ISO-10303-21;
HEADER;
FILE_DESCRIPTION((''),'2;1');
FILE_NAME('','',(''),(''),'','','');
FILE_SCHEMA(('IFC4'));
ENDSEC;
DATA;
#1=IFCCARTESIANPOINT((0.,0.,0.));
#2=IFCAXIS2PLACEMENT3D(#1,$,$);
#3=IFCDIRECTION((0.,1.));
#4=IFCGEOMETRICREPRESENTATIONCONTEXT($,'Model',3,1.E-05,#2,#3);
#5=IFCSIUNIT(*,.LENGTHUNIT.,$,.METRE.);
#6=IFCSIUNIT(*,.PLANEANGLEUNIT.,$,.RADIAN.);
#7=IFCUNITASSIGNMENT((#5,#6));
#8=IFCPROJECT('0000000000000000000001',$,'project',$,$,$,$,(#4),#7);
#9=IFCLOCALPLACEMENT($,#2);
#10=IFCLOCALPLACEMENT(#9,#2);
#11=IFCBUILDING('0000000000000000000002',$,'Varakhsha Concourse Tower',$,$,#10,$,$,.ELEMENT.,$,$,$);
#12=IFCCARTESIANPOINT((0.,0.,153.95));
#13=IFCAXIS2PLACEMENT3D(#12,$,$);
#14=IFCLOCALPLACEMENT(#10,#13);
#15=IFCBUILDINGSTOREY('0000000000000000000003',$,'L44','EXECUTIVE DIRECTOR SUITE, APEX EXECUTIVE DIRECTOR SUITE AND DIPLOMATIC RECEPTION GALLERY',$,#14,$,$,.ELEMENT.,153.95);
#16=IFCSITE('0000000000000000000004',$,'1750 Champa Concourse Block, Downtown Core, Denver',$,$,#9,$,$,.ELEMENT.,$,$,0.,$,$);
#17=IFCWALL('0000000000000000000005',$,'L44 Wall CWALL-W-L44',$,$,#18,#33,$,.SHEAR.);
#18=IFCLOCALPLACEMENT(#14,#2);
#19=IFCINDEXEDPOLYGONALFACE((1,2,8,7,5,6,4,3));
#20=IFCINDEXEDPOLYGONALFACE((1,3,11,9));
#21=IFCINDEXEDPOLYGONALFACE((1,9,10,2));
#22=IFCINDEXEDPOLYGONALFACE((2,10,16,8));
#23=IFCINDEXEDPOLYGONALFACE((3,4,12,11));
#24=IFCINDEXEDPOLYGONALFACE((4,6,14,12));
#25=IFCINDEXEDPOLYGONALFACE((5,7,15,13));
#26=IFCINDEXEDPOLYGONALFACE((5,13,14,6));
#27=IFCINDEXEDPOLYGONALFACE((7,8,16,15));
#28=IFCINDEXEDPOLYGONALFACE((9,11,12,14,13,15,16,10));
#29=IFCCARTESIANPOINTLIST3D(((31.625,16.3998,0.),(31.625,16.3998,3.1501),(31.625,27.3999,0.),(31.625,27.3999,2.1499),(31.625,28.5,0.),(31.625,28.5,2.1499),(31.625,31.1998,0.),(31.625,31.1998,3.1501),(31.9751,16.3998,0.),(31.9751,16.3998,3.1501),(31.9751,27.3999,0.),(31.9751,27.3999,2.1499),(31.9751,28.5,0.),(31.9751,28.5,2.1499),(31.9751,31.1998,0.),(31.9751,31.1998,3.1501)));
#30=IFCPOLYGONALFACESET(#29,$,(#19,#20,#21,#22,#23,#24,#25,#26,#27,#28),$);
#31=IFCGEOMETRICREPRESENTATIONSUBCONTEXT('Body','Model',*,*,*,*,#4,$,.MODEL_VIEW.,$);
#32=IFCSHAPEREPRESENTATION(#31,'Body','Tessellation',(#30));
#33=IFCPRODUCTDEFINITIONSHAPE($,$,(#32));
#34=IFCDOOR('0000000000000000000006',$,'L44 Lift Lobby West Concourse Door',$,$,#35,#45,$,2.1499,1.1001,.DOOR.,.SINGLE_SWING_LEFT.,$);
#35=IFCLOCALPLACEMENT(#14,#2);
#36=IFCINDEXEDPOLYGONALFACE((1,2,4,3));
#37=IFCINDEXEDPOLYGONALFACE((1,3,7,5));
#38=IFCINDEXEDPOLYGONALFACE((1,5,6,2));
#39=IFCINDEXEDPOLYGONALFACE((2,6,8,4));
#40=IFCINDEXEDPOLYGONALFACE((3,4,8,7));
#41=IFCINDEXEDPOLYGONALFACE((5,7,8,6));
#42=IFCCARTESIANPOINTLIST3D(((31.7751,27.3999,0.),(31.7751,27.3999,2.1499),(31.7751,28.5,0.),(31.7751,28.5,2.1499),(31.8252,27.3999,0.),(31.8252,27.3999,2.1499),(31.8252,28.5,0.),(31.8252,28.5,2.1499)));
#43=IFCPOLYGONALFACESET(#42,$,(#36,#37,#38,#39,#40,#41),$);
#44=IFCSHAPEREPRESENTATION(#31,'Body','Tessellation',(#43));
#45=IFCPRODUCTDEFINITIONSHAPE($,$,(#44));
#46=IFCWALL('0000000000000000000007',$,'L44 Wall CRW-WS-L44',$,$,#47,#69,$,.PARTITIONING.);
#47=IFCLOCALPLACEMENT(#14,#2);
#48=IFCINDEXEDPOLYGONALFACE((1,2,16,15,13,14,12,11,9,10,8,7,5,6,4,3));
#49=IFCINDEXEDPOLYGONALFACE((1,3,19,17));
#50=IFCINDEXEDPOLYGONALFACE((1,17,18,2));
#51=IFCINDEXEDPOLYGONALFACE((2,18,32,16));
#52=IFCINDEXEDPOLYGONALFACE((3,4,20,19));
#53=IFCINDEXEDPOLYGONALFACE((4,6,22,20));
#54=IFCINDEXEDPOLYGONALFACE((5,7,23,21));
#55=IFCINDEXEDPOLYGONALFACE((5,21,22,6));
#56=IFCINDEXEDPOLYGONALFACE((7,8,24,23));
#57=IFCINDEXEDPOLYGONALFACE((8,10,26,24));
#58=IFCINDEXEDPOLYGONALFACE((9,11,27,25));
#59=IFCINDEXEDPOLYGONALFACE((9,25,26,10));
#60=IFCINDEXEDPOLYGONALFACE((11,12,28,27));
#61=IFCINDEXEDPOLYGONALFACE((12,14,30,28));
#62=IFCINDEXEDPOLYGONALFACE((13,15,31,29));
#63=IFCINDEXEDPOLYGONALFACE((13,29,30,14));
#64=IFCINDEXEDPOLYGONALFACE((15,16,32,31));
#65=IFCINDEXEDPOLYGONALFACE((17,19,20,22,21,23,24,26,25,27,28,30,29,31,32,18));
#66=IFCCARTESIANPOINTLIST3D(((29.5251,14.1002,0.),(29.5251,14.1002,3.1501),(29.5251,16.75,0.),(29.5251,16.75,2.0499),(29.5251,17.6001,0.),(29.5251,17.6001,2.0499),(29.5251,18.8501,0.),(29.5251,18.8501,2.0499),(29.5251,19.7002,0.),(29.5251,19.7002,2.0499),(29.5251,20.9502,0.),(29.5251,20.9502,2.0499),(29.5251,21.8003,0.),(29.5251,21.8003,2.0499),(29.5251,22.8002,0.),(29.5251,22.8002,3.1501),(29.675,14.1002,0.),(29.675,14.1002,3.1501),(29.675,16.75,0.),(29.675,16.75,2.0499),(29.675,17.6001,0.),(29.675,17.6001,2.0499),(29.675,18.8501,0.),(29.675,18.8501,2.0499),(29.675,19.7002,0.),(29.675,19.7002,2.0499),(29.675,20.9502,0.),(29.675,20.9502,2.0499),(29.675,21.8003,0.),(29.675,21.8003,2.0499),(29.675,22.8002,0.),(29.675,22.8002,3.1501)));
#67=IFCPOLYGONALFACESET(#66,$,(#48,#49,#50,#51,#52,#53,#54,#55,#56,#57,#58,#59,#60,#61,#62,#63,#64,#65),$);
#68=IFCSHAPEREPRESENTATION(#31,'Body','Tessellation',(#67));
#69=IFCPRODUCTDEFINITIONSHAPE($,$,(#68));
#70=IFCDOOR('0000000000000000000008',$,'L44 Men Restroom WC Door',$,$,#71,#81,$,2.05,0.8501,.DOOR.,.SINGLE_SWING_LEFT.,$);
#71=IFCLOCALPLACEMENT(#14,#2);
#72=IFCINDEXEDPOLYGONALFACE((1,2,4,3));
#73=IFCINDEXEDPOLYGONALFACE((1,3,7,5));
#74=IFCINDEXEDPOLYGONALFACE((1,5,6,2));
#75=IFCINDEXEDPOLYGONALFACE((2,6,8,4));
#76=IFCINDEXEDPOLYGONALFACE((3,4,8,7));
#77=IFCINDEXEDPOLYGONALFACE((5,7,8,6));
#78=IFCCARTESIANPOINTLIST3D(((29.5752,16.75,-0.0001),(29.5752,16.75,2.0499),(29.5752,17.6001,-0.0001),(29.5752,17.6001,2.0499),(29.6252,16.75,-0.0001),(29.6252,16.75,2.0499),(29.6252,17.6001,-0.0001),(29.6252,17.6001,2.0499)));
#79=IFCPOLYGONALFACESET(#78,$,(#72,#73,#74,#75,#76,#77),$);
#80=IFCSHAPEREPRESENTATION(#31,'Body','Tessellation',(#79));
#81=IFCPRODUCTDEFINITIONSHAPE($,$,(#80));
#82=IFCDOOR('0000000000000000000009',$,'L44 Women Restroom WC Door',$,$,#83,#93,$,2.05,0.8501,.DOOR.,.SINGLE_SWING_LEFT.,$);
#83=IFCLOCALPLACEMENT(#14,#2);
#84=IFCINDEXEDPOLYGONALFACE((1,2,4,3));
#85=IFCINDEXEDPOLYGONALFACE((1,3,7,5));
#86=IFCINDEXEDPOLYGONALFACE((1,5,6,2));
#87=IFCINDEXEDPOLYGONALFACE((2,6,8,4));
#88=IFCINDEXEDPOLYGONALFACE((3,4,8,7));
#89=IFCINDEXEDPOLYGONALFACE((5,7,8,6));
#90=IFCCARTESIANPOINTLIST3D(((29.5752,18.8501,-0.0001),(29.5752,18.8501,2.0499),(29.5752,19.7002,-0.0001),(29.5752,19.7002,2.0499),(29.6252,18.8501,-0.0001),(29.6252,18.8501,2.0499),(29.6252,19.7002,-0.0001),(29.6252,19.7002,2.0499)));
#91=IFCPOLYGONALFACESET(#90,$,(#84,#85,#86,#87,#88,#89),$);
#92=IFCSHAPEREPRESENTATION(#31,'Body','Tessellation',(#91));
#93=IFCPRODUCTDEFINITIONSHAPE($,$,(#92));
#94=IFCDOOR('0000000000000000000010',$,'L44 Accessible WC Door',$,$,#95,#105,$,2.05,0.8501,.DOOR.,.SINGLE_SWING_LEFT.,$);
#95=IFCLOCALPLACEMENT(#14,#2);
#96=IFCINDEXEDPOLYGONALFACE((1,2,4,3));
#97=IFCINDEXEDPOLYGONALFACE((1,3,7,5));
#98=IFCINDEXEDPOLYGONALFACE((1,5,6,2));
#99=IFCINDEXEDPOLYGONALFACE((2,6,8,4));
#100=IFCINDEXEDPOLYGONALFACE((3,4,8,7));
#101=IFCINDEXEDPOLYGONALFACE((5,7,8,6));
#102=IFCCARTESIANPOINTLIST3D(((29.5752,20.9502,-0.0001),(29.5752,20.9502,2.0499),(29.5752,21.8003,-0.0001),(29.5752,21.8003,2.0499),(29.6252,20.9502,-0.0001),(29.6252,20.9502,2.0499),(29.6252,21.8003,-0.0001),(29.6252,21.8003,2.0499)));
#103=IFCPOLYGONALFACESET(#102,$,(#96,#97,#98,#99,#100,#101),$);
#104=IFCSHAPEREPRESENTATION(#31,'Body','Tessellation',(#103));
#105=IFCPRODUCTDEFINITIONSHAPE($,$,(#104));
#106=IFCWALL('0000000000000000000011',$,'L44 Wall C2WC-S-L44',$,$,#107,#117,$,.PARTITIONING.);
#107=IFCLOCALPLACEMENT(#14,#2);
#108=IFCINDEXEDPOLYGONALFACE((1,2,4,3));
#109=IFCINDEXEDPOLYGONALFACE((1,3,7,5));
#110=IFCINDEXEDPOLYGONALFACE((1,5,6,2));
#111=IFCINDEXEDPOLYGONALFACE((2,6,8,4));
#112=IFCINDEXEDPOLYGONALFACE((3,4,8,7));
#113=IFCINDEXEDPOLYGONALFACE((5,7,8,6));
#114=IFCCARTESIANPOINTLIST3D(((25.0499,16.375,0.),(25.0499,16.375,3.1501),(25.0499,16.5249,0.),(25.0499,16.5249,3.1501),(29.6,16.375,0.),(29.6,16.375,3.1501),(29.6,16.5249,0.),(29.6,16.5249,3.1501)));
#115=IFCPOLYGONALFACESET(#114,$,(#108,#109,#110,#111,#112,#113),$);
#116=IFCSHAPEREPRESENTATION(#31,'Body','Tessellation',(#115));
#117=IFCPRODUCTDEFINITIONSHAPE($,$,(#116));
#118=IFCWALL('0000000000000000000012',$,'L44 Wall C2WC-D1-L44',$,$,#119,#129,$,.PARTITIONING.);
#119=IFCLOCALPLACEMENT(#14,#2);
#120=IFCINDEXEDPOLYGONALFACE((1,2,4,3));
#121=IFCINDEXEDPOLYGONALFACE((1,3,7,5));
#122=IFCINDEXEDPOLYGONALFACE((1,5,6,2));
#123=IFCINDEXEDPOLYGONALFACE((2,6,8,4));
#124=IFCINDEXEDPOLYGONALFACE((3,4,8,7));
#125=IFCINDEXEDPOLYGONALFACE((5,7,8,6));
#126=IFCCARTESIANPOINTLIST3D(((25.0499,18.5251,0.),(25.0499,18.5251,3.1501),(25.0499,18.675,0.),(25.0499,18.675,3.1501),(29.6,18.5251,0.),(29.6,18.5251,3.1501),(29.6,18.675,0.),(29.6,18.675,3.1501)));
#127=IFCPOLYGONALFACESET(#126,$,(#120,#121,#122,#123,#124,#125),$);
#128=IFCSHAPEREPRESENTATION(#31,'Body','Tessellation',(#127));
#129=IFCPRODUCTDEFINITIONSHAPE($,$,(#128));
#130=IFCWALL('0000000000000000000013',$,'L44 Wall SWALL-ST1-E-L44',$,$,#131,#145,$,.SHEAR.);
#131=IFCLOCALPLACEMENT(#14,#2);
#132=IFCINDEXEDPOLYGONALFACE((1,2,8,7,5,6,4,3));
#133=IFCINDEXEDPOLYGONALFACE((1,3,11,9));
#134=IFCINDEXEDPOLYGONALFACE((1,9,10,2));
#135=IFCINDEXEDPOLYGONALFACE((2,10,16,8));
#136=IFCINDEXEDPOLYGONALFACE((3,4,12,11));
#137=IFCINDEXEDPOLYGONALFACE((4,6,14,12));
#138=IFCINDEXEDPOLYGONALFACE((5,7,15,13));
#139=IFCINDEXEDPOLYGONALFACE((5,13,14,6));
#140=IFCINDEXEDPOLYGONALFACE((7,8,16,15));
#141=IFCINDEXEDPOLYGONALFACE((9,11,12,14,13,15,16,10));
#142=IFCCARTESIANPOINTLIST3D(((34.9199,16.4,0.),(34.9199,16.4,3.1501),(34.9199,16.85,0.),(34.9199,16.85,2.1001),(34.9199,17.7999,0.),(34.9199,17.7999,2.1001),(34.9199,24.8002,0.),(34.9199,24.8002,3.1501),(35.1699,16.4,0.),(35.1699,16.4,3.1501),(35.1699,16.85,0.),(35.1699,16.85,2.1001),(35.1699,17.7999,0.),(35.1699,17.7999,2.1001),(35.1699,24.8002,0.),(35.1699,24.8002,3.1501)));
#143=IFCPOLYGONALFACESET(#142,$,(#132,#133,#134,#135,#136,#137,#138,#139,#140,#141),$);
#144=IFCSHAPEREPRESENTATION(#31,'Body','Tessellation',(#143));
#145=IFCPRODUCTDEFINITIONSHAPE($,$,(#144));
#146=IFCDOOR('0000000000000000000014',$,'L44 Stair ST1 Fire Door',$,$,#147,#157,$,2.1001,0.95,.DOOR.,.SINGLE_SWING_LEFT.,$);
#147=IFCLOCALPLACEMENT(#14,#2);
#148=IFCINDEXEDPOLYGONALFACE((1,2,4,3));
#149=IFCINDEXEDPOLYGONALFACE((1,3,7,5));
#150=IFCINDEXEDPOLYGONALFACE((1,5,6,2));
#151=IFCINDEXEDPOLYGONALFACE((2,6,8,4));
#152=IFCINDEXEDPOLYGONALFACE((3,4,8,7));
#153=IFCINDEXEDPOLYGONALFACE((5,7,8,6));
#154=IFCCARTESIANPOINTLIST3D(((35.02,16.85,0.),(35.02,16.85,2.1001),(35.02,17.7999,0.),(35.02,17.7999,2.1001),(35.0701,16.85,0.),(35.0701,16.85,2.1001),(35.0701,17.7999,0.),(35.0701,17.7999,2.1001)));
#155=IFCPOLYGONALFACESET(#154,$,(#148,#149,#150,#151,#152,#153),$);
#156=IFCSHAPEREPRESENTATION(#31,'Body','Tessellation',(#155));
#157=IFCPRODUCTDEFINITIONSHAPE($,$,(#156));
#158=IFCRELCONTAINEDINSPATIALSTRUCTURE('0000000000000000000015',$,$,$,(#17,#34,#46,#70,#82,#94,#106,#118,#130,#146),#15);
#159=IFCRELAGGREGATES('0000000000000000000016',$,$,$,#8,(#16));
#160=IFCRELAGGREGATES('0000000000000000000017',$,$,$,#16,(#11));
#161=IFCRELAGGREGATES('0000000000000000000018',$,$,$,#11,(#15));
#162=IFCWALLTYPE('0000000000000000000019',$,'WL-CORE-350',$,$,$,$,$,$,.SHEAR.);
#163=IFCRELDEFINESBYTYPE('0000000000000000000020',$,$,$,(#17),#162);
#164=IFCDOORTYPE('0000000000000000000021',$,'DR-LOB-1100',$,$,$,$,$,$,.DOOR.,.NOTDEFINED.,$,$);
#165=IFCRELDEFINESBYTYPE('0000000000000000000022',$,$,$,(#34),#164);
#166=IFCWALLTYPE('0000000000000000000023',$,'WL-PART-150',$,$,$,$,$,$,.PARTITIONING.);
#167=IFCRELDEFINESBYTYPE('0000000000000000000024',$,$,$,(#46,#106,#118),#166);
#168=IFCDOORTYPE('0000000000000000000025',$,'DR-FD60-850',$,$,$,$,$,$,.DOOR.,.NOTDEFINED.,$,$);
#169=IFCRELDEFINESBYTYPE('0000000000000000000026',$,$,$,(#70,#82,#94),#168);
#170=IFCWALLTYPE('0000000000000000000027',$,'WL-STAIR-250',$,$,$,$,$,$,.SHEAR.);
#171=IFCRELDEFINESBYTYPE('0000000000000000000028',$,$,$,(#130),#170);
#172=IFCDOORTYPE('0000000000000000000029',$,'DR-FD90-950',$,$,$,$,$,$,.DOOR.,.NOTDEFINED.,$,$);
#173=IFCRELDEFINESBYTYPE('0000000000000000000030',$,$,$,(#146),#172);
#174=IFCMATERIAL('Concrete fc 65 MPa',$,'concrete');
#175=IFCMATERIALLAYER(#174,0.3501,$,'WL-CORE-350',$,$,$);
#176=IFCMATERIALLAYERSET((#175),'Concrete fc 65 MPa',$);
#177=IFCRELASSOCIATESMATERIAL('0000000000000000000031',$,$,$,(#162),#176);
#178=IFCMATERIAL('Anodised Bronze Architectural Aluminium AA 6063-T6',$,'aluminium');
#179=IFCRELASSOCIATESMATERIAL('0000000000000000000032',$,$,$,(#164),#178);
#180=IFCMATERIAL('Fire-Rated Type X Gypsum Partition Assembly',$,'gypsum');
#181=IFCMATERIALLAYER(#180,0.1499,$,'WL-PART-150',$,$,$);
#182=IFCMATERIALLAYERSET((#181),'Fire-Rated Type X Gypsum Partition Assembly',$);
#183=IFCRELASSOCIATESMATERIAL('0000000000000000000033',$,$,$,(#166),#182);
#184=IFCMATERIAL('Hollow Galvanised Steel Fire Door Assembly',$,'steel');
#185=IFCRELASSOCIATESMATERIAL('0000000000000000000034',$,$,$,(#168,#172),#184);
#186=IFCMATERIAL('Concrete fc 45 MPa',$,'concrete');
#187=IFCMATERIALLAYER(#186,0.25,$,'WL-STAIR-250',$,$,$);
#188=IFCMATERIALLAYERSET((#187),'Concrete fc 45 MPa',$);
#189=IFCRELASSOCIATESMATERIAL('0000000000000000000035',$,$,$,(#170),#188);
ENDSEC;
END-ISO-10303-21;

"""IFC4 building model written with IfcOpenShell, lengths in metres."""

from ifc_helpers import new_model, si_unit, direction, frame, frame_2d, origin, place, context, subcontext, project, spatial, rectangle, extrude, material, layer, layer_set, type_object, element, fill, save


model = new_model("IFC4")

# Units and contexts
model_context = context("Model", 3, precision=1e-05, world=origin(), true_north=direction((0.0, 1.0)))
body_context = subcontext(model_context, "Body", "Model", "MODEL_VIEW")
ifc_project = project(units=[si_unit("LENGTHUNIT", "METRE"), si_unit("PLANEANGLEUNIT", "RADIAN")], contexts=[model_context])

# Site, building, storey
site_placement = place(None, origin())
site = spatial("IfcSite", under=ifc_project, at=site_placement, Name="1750 Champa Concourse Block, Downtown Core, Denver", CompositionType="ELEMENT", RefElevation=0.0)
building_placement = place(site_placement, origin())
building = spatial("IfcBuilding", under=site, at=building_placement, Name="Varakhsha Concourse Tower", CompositionType="ELEMENT")
storey_placement = place(building_placement, frame((0.0, 0.0, 153.95)))
storey = spatial("IfcBuildingStorey", under=building, at=storey_placement, Name="L44", Description="EXECUTIVE DIRECTOR SUITE, APEX EXECUTIVE DIRECTOR SUITE AND DIPLOMATIC RECEPTION GALLERY", CompositionType="ELEMENT", Elevation=153.95)

# Shared definitions
ifc_material_1 = material(Name="Concrete fc 65 MPa", Category="concrete")

# Shared definitions
ifc_layer_1 = layer(ifc_material_1, 0.3501, Name="WL-CORE-350")
ifc_layer_set_1 = layer_set([ifc_layer_1], Name="Concrete fc 65 MPa")
wall_type_1 = type_object("IfcWallType", Name="WL-CORE-350", PredefinedType="SHEAR", material=ifc_layer_set_1)
ifc_material_2 = material(Name="Hollow Galvanised Steel Fire Door Assembly", Category="steel")

# Wall, opening, door
wall_1_placement = place(storey_placement, frame((31.8, 16.3999, 0.0), z_axis=(0.0, 0.0, 1.0), x_axis=(0.0, 1.0, 0.0)))
wall_1 = element("IfcWall", 1, at=wall_1_placement, inside=storey, type_object=wall_type_1, Name="L44 Wall CWALL-W-L44", PredefinedType="SHEAR", context=body_context, shape_type="SweptSolid", body=[
    extrude(rectangle(XDim=14.8, YDim=0.3501, at=frame_2d((7.3999, 0.0))), origin(), (0.0, 0.0, 1.0), 3.1501),
])
opening_1_placement = place(wall_1_placement, frame((11.0, 0.0, 0.0)))
opening_1 = element("IfcOpeningElement", 2, at=opening_1_placement, cuts=wall_1, PredefinedType="OPENING", context=body_context, shape_type="SweptSolid", body=[
    extrude(rectangle(XDim=1.1001, YDim=2.1499, at=frame_2d((0.55, 1.075))), frame((0.0, 0.1851, 0.0), z_axis=(0.0, -1.0, 0.0), x_axis=(1.0, 0.0, 0.0)), (0.0, 0.0, 1.0), 0.3701),
])
ifc_material_3 = material(Name="Anodised Bronze Architectural Aluminium AA 6063-T6", Category="aluminium")
door_type_1 = type_object("IfcDoorType", Name="DR-LOB-1100", OperationType="NOTDEFINED", PredefinedType="DOOR", material=ifc_material_3)
door_1_placement = place(opening_1_placement, origin())
door_1 = element("IfcDoor", 3, at=door_1_placement, inside=storey, type_object=door_type_1, Name="L44 Lift Lobby West Concourse Door", OperationType="SINGLE_SWING_LEFT", OverallHeight=2.1499, OverallWidth=1.1001, PredefinedType="DOOR", context=body_context, shape_type="SweptSolid", body=[
    extrude(rectangle(XDim=1.1001, YDim=2.1499, at=frame_2d((0.55, 1.075))), frame((0.0, 0.0249, 0.0), z_axis=(0.0, -1.0, 0.0), x_axis=(1.0, 0.0, 0.0)), (0.0, 0.0, 1.0), 0.05),
])
fill(opening_1, door_1)

# Wall, openings, doors
ifc_material_4 = material(Name="Fire-Rated Type X Gypsum Partition Assembly", Category="gypsum")
ifc_layer_2 = layer(ifc_material_4, 0.1499, Name="WL-PART-150")
ifc_layer_set_2 = layer_set([ifc_layer_2], Name="Fire-Rated Type X Gypsum Partition Assembly")
wall_type_2 = type_object("IfcWallType", Name="WL-PART-150", PredefinedType="PARTITIONING", material=ifc_layer_set_2)
wall_2_placement = place(storey_placement, frame((29.6001, 14.1001, 0.0), z_axis=(0.0, 0.0, 1.0), x_axis=(0.0, 1.0, 0.0)))
wall_2 = element("IfcWall", 4, at=wall_2_placement, inside=storey, type_object=wall_type_2, Name="L44 Wall CRW-WS-L44", PredefinedType="PARTITIONING", context=body_context, shape_type="SweptSolid", body=[
    extrude(rectangle(XDim=8.7, YDim=0.1499, at=frame_2d((4.3501, 0.0))), origin(), (0.0, 0.0, 1.0), 3.1501),
])
opening_2_placement = place(wall_2_placement, frame((2.6499, 0.0, 0.0)))
opening_2 = element("IfcOpeningElement", 5, at=opening_2_placement, cuts=wall_2, PredefinedType="OPENING", context=body_context, shape_type="SweptSolid", body=[
    extrude(rectangle(XDim=0.8501, YDim=2.05, at=frame_2d((0.425, 1.0249))), frame((0.0, 0.085, 0.0), z_axis=(0.0, -1.0, 0.0), x_axis=(1.0, 0.0, 0.0)), (0.0, 0.0, 1.0), 0.1699),
])
opening_3_placement = place(wall_2_placement, frame((4.75, 0.0, 0.0)))
opening_3 = element("IfcOpeningElement", 6, at=opening_3_placement, cuts=wall_2, PredefinedType="OPENING", context=body_context, shape_type="SweptSolid", body=[
    extrude(rectangle(XDim=0.8501, YDim=2.05, at=frame_2d((0.425, 1.0249))), frame((0.0, 0.085, 0.0), z_axis=(0.0, -1.0, 0.0), x_axis=(1.0, 0.0, 0.0)), (0.0, 0.0, 1.0), 0.1699),
])
opening_4_placement = place(wall_2_placement, frame((6.8501, 0.0, 0.0)))
opening_4 = element("IfcOpeningElement", 7, at=opening_4_placement, cuts=wall_2, PredefinedType="OPENING", context=body_context, shape_type="SweptSolid", body=[
    extrude(rectangle(XDim=0.8501, YDim=2.05, at=frame_2d((0.425, 1.0249))), frame((0.0, 0.085, 0.0), z_axis=(0.0, -1.0, 0.0), x_axis=(1.0, 0.0, 0.0)), (0.0, 0.0, 1.0), 0.1699),
])
door_type_2 = type_object("IfcDoorType", Name="DR-FD60-850", OperationType="NOTDEFINED", PredefinedType="DOOR", material=ifc_material_2)
door_2_placement = place(opening_2_placement, origin())
door_2 = element("IfcDoor", 8, at=door_2_placement, inside=storey, type_object=door_type_2, Name="L44 Men Restroom WC Door", OperationType="SINGLE_SWING_LEFT", OverallHeight=2.05, OverallWidth=0.8501, PredefinedType="DOOR", context=body_context, shape_type="SweptSolid", body=[
    extrude(rectangle(XDim=0.8501, YDim=2.05, at=frame_2d((0.425, 1.0249))), frame((0.0, 0.0249, 0.0), z_axis=(0.0, -1.0, 0.0), x_axis=(1.0, 0.0, 0.0)), (0.0, 0.0, 1.0), 0.05),
])
fill(opening_2, door_2)
door_3_placement = place(opening_3_placement, origin())
door_3 = element("IfcDoor", 9, at=door_3_placement, inside=storey, type_object=door_type_2, Name="L44 Women Restroom WC Door", OperationType="SINGLE_SWING_LEFT", OverallHeight=2.05, OverallWidth=0.8501, PredefinedType="DOOR", context=body_context, shape_type="SweptSolid", body=[
    extrude(rectangle(XDim=0.8501, YDim=2.05, at=frame_2d((0.425, 1.0249))), frame((0.0, 0.0249, 0.0), z_axis=(0.0, -1.0, 0.0), x_axis=(1.0, 0.0, 0.0)), (0.0, 0.0, 1.0), 0.05),
])
fill(opening_3, door_3)
door_4_placement = place(opening_4_placement, origin())
door_4 = element("IfcDoor", 10, at=door_4_placement, inside=storey, type_object=door_type_2, Name="L44 Accessible WC Door", OperationType="SINGLE_SWING_LEFT", OverallHeight=2.05, OverallWidth=0.8501, PredefinedType="DOOR", context=body_context, shape_type="SweptSolid", body=[
    extrude(rectangle(XDim=0.8501, YDim=2.05, at=frame_2d((0.425, 1.0249))), frame((0.0, 0.0249, 0.0), z_axis=(0.0, -1.0, 0.0), x_axis=(1.0, 0.0, 0.0)), (0.0, 0.0, 1.0), 0.05),
])
fill(opening_4, door_4)

# Walls
for number, where, z_axis, x_axis, name in (
    (11, (25.05, 16.45, 0.0), (0.0, 0.0, 1.0), (1.0, 0.0, 0.0), "L44 Wall C2WC-S-L44"),
    (12, (25.05, 18.6001, 0.0), (0.0, 0.0, 1.0), (1.0, 0.0, 0.0), "L44 Wall C2WC-D1-L44"),
):
    element("IfcWall", number, at=place(storey_placement, frame(where, z_axis=z_axis, x_axis=x_axis)), inside=storey, type_object=wall_type_2, Name=name, PredefinedType="PARTITIONING", context=body_context, shape_type="SweptSolid", body=[
        extrude(rectangle(XDim=4.55, YDim=0.1499, at=frame_2d((2.2749, 0.0))), origin(), (0.0, 0.0, 1.0), 3.1501),
    ])

# Wall, opening, door
ifc_material_5 = material(Name="Concrete fc 45 MPa", Category="concrete")
ifc_layer_3 = layer(ifc_material_5, 0.25, Name="WL-STAIR-250")
ifc_layer_set_3 = layer_set([ifc_layer_3], Name="Concrete fc 45 MPa")
wall_type_3 = type_object("IfcWallType", Name="WL-STAIR-250", PredefinedType="SHEAR", material=ifc_layer_set_3)
wall_3_placement = place(storey_placement, frame((35.0449, 16.3999, 0.0), z_axis=(0.0, 0.0, 1.0), x_axis=(0.0, 1.0, 0.0)))
wall_3 = element("IfcWall", 13, at=wall_3_placement, inside=storey, type_object=wall_type_3, Name="L44 Wall SWALL-ST1-E-L44", PredefinedType="SHEAR", context=body_context, shape_type="SweptSolid", body=[
    extrude(rectangle(XDim=8.4001, YDim=0.25, at=frame_2d((4.2002, 0.0))), origin(), (0.0, 0.0, 1.0), 3.1501),
])
opening_5_placement = place(wall_3_placement, frame((0.45, 0.0, 0.0)))
opening_5 = element("IfcOpeningElement", 14, at=opening_5_placement, cuts=wall_3, PredefinedType="OPENING", context=body_context, shape_type="SweptSolid", body=[
    extrude(rectangle(XDim=0.95, YDim=2.1001, at=frame_2d((0.4751, 1.05))), frame((0.0, 0.135, 0.0), z_axis=(0.0, -1.0, 0.0), x_axis=(1.0, 0.0, 0.0)), (0.0, 0.0, 1.0), 0.27),
])
door_type_3 = type_object("IfcDoorType", Name="DR-FD90-950", OperationType="NOTDEFINED", PredefinedType="DOOR", material=ifc_material_2)
door_5_placement = place(opening_5_placement, origin())
door_5 = element("IfcDoor", 15, at=door_5_placement, inside=storey, type_object=door_type_3, Name="L44 Stair ST1 Fire Door", OperationType="SINGLE_SWING_LEFT", OverallHeight=2.1001, OverallWidth=0.95, PredefinedType="DOOR", context=body_context, shape_type="SweptSolid", body=[
    extrude(rectangle(XDim=0.95, YDim=2.1001, at=frame_2d((0.4751, 1.05))), frame((0.0, 0.0249, 0.0), z_axis=(0.0, -1.0, 0.0), x_axis=(1.0, 0.0, 0.0)), (0.0, 0.0, 1.0), 0.05),
])
fill(opening_5, door_5)

save(model, "model.ifc")
